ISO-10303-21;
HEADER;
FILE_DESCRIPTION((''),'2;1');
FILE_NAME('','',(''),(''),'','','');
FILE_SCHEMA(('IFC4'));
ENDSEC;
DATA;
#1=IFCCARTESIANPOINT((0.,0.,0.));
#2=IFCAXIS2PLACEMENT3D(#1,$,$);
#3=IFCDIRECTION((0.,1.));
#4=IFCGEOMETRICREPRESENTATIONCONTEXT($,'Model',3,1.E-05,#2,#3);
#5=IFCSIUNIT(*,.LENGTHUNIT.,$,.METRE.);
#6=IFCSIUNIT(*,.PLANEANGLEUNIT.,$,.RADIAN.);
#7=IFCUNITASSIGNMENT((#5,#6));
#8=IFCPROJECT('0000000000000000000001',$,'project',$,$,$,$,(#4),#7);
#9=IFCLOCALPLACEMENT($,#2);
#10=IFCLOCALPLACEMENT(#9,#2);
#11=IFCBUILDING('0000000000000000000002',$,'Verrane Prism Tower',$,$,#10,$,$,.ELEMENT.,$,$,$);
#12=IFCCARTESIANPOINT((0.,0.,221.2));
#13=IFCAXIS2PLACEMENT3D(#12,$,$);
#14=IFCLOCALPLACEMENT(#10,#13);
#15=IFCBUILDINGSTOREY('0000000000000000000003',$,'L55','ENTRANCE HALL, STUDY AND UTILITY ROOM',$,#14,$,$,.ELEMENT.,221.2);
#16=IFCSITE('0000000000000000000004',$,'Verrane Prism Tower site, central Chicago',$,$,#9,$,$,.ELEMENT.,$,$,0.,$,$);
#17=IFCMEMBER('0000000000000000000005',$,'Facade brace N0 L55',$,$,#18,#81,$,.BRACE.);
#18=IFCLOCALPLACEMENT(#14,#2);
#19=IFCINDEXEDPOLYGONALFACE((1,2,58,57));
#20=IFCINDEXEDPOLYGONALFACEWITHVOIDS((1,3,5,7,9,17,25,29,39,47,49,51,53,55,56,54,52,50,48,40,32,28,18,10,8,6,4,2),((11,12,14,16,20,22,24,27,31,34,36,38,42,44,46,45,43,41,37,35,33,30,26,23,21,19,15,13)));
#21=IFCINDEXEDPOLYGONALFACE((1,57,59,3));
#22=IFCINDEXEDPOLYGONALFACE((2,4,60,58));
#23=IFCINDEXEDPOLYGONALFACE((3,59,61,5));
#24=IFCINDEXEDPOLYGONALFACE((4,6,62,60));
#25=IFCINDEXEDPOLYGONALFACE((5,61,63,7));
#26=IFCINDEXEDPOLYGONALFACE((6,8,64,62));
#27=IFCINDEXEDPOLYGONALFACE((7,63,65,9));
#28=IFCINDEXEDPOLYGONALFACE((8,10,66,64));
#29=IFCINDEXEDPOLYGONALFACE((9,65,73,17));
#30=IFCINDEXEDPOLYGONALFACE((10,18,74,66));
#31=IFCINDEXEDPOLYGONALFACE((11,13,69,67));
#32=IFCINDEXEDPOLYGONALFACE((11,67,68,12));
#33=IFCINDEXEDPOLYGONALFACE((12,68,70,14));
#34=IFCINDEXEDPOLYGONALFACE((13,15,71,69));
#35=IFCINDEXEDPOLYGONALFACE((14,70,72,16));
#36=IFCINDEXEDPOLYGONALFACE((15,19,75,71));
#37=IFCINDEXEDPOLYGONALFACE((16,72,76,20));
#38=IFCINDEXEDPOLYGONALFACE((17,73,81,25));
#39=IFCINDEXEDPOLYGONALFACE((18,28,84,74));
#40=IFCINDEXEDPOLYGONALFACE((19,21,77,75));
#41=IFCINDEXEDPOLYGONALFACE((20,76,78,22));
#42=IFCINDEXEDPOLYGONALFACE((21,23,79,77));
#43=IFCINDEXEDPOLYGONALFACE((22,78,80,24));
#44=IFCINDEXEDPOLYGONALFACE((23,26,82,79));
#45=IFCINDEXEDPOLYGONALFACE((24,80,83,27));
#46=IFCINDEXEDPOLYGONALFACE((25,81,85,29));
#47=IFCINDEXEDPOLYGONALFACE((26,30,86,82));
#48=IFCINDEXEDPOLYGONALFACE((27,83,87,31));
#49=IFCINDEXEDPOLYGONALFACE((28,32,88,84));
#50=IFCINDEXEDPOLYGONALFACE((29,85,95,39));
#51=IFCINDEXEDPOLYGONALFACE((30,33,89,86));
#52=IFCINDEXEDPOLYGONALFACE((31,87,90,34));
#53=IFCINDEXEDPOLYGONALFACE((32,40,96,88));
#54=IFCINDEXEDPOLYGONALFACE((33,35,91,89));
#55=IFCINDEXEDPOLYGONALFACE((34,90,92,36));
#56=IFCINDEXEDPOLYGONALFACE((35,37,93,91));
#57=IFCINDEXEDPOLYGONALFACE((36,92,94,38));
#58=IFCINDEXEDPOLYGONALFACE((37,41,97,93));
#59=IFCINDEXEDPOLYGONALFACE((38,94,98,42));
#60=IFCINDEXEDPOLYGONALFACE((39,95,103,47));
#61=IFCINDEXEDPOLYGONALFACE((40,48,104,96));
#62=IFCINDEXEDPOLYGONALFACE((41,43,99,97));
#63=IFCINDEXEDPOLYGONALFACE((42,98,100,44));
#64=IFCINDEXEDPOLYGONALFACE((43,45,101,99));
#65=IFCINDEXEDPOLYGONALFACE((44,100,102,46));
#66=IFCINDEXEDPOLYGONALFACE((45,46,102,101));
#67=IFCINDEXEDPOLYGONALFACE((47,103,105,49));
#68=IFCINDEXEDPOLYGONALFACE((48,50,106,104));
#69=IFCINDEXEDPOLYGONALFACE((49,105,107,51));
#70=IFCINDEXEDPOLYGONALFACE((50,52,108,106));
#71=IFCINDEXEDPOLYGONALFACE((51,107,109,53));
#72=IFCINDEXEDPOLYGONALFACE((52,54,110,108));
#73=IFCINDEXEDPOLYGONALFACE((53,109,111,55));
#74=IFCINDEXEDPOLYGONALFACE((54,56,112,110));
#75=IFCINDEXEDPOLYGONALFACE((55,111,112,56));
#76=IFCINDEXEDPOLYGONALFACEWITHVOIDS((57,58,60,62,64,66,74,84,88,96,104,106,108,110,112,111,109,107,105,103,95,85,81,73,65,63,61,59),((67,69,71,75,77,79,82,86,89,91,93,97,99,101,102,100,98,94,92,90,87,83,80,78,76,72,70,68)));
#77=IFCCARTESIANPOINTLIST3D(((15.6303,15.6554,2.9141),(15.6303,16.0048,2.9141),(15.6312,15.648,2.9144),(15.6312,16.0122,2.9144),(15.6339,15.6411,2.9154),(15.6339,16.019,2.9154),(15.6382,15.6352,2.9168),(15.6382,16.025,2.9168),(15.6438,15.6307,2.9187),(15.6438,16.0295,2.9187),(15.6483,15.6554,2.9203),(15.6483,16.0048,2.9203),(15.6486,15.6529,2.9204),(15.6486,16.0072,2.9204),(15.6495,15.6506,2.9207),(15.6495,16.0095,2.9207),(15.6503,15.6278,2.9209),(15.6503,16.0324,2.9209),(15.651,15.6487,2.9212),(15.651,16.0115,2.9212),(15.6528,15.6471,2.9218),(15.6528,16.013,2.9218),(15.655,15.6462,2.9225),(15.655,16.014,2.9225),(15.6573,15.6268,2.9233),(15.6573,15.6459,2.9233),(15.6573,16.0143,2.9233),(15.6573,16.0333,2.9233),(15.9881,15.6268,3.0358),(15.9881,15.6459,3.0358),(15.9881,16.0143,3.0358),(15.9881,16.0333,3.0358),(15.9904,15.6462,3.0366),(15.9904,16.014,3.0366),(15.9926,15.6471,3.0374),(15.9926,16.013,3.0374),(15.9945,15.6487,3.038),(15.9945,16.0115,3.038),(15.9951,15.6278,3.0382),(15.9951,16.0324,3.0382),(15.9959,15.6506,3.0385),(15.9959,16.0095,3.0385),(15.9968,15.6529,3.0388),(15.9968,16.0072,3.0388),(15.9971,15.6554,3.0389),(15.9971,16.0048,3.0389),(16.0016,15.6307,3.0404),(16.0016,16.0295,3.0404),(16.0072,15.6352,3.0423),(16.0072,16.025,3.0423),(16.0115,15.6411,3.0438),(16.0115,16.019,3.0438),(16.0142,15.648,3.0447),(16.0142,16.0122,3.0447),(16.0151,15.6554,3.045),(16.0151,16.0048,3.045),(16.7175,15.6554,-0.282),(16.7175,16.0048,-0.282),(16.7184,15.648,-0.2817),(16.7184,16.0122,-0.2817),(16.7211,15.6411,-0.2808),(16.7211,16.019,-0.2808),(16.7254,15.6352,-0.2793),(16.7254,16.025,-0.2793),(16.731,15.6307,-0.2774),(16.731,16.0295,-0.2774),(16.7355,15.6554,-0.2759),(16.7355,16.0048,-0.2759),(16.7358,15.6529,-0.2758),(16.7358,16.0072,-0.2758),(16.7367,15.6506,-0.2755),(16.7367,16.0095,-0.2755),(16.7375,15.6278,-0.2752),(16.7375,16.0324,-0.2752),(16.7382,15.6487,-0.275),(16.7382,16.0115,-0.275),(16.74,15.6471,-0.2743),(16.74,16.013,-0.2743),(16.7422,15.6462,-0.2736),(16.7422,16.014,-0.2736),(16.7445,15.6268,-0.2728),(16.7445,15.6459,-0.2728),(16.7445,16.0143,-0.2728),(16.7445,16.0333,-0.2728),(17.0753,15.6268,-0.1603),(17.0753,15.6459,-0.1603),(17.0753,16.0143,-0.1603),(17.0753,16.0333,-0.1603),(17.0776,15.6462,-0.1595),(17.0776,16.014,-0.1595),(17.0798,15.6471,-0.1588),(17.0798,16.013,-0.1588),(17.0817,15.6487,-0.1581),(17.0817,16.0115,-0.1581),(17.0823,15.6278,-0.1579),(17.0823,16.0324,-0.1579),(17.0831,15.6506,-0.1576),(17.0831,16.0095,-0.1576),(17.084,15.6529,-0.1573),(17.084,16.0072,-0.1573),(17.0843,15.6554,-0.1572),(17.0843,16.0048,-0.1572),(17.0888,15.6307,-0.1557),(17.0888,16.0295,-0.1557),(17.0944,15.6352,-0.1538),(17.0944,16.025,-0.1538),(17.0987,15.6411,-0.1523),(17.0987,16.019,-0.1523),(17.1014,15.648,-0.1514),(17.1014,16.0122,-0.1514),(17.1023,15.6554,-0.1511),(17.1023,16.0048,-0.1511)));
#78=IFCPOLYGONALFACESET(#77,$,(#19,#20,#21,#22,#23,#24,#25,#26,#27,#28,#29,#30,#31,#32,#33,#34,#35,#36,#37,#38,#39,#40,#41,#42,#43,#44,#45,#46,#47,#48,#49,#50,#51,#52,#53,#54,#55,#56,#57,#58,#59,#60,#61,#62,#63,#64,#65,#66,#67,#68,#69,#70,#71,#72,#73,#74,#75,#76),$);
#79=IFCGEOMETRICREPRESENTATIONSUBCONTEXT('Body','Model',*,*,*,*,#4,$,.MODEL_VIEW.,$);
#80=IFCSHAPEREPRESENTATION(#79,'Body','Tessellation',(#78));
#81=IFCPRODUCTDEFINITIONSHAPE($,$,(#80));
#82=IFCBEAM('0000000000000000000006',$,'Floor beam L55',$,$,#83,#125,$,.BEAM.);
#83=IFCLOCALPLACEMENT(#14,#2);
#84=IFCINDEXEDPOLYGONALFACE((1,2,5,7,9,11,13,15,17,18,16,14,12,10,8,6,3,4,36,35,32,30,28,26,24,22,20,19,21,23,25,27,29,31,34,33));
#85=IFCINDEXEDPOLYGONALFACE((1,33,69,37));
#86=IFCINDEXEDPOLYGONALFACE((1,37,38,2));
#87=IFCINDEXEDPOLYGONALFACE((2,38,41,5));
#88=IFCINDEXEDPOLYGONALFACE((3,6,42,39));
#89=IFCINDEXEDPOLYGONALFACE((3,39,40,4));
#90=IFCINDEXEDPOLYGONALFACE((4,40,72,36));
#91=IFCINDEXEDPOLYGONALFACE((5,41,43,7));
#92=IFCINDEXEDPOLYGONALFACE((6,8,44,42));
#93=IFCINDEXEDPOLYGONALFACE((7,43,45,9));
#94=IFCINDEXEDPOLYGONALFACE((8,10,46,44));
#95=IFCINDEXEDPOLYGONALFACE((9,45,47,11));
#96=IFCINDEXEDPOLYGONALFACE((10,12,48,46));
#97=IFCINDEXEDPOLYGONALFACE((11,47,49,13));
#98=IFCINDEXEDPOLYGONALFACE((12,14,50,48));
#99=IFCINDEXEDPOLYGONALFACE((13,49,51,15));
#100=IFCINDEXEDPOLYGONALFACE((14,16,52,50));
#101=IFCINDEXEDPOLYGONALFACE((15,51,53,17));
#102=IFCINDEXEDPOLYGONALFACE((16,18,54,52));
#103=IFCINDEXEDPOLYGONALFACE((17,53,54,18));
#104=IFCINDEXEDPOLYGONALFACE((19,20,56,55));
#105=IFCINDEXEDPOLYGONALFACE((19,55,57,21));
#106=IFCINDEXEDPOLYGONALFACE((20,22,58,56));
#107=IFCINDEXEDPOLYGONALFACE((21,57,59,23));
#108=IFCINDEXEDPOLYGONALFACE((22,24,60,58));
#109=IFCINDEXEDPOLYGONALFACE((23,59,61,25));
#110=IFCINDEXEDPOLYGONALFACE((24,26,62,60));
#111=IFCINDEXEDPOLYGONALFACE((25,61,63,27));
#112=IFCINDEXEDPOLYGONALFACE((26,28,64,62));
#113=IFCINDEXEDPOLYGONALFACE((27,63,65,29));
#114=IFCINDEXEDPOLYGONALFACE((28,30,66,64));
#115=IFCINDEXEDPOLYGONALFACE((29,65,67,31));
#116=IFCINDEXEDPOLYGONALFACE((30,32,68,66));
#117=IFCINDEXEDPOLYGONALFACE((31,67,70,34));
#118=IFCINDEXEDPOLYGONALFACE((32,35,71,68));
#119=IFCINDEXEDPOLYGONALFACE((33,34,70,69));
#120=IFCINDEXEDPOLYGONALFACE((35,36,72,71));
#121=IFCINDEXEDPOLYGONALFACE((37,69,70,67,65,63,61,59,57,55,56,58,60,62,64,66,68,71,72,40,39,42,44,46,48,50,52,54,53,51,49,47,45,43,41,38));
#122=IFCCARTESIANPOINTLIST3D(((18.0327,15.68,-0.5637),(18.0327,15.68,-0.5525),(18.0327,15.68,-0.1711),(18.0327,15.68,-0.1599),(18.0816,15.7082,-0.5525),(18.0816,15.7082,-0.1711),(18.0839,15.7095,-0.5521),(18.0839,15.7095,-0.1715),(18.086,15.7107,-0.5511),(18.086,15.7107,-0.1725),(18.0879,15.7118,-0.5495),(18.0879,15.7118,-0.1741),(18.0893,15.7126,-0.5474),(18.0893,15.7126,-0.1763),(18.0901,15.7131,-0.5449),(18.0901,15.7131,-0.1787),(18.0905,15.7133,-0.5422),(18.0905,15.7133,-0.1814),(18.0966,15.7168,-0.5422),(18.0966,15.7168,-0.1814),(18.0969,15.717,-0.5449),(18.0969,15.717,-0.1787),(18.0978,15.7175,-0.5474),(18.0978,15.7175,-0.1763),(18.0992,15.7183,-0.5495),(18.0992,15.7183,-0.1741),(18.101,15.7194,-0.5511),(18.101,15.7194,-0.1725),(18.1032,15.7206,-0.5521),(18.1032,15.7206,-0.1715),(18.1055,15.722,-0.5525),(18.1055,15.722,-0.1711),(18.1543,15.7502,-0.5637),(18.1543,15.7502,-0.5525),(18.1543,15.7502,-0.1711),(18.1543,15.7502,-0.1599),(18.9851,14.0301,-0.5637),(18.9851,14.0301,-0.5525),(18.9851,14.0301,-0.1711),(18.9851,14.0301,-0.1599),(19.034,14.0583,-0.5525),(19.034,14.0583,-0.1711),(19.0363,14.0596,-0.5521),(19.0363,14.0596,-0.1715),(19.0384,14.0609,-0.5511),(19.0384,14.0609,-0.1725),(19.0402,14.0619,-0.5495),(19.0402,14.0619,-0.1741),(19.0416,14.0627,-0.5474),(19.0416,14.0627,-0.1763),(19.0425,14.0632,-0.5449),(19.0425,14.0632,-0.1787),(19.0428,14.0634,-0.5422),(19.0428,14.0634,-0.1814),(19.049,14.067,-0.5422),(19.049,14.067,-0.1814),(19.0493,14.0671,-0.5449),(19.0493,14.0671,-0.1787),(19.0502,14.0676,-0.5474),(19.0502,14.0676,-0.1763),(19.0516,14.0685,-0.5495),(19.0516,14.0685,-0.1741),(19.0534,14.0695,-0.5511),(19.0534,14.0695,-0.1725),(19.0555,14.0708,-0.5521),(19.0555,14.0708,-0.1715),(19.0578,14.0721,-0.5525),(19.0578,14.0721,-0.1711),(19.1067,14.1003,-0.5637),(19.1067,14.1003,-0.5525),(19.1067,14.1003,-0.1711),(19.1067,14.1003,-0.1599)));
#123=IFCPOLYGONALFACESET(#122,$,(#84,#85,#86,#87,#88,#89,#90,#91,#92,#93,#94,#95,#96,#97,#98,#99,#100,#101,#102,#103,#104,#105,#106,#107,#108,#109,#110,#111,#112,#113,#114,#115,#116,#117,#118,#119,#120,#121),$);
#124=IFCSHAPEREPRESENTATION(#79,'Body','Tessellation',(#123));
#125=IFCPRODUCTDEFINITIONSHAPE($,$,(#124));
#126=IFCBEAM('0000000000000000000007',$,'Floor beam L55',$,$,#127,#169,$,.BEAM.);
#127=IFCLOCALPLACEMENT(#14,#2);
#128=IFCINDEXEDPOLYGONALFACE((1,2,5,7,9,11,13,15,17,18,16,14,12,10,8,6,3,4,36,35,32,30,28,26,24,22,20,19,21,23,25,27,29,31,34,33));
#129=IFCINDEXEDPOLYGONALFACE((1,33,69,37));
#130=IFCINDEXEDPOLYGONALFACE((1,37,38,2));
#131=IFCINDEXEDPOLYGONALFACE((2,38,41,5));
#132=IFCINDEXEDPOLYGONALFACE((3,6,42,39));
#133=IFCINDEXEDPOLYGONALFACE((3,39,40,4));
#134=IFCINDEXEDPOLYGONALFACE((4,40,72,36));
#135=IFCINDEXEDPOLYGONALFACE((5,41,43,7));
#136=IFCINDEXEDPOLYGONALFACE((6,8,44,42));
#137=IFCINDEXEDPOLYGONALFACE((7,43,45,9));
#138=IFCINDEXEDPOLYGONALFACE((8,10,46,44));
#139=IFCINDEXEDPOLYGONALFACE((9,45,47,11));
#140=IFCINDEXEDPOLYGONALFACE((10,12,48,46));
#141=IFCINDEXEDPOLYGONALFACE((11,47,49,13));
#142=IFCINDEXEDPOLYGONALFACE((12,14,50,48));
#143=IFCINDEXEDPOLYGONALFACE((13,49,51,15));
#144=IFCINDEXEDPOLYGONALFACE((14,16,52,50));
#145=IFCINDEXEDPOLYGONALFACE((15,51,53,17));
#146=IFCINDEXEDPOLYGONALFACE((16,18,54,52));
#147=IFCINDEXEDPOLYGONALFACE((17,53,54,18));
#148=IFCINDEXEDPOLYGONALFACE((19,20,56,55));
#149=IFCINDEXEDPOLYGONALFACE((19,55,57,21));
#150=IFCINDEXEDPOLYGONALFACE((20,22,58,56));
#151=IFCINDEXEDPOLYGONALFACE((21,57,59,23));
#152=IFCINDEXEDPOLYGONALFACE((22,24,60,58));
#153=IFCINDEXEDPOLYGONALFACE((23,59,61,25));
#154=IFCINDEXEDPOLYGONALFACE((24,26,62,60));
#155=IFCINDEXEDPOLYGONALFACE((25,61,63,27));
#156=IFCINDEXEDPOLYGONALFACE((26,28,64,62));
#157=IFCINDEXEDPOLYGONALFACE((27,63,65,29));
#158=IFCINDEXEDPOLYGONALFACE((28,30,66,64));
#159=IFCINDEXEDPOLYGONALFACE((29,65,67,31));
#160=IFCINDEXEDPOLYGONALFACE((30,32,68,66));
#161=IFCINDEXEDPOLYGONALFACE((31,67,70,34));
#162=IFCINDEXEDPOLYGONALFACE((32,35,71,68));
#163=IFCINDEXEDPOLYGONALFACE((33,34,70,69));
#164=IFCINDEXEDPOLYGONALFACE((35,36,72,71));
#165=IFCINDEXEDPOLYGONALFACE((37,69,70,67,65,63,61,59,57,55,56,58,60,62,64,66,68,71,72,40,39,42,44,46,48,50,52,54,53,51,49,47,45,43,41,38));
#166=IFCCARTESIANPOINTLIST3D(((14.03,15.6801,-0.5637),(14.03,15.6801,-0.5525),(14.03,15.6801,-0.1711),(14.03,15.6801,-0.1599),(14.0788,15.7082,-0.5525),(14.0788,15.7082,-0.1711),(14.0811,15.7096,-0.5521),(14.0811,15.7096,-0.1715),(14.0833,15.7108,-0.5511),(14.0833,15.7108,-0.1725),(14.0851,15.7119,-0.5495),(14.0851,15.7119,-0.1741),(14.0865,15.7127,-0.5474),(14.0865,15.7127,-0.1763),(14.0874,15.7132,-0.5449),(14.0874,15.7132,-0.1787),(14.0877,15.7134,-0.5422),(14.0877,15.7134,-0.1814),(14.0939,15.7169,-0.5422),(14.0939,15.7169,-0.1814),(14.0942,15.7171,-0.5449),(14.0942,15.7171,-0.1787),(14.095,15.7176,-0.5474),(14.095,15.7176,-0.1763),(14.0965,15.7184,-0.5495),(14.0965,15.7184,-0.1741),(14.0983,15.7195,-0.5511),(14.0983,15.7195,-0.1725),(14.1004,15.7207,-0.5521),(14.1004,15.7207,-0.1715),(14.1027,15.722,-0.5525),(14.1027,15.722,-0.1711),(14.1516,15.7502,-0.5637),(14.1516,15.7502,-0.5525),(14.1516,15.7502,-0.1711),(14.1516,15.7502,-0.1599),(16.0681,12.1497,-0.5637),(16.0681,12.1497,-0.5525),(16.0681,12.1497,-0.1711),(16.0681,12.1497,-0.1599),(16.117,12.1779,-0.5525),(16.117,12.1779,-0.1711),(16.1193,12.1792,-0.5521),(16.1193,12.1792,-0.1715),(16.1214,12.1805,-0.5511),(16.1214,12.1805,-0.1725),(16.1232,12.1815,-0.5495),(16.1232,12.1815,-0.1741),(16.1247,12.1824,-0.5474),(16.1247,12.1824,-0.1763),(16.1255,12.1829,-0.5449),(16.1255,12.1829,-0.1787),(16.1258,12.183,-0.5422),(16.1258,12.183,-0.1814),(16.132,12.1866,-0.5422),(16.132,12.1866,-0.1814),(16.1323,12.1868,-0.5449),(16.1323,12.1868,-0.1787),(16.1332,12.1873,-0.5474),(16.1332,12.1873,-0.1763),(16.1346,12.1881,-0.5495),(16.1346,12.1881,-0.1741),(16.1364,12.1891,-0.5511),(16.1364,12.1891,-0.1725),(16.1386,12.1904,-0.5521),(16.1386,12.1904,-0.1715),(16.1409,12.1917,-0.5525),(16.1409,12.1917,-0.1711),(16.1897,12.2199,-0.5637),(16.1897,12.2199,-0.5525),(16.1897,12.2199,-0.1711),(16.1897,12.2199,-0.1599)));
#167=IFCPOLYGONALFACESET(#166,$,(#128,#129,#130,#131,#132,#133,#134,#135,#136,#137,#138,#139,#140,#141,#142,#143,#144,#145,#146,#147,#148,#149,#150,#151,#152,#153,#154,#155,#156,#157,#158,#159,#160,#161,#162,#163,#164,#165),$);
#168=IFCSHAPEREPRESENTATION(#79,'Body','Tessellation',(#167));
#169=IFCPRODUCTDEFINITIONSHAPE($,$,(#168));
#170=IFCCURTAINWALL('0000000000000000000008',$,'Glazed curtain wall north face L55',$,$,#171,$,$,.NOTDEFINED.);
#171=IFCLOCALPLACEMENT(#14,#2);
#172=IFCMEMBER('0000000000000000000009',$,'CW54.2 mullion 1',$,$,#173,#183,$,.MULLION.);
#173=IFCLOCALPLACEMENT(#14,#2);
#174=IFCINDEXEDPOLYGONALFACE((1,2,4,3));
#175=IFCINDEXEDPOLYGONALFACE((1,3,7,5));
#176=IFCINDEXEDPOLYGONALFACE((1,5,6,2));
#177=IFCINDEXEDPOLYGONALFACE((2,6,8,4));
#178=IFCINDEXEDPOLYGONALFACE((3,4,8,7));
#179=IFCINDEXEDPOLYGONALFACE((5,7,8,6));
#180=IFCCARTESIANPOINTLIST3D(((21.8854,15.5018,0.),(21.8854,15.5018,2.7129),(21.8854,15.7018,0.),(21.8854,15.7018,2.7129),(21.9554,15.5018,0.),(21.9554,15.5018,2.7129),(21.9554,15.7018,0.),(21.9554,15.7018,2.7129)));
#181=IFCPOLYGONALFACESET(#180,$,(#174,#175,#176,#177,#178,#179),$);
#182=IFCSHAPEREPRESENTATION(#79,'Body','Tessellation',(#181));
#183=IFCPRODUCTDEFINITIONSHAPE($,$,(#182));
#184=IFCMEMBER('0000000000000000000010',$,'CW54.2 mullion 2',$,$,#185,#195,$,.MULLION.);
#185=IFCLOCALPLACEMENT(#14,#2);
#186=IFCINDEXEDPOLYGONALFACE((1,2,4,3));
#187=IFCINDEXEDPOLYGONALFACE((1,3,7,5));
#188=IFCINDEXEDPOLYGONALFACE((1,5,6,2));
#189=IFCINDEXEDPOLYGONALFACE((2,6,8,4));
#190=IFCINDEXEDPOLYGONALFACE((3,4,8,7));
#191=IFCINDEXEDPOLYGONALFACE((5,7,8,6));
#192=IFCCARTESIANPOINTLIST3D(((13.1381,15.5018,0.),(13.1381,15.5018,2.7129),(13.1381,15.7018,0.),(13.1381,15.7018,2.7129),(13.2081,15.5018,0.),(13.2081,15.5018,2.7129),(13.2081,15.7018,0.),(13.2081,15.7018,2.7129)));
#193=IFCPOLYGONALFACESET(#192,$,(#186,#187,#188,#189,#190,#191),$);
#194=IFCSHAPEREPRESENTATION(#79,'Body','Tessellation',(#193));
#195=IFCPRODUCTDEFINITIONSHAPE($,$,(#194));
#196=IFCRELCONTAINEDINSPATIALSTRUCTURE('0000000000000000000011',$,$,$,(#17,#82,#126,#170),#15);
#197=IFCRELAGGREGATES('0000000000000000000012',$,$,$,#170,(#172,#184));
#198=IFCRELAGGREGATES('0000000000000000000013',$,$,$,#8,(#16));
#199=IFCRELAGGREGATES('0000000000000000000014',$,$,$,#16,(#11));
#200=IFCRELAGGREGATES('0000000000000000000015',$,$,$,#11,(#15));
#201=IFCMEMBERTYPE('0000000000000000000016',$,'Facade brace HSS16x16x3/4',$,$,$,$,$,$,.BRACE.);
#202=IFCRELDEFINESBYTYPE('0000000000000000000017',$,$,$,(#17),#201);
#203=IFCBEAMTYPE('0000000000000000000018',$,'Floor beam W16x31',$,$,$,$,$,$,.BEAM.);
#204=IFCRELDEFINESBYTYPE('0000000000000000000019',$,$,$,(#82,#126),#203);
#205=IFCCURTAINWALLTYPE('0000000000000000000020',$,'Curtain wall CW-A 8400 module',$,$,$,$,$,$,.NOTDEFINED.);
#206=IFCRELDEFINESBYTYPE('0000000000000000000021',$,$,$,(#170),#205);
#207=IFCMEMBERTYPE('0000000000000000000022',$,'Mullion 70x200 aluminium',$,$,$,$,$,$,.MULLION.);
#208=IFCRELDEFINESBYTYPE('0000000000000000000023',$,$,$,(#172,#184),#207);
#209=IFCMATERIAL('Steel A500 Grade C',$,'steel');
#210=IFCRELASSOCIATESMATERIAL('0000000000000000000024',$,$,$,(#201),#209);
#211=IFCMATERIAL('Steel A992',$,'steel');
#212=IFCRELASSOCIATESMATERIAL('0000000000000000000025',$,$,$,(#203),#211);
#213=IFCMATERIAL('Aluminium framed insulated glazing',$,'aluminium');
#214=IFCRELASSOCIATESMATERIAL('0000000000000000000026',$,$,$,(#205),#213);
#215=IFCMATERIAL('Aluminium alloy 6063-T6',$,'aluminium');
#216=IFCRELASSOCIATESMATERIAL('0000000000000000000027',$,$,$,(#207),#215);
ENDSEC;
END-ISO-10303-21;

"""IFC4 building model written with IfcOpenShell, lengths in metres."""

from ifc_helpers import new_model, si_unit, direction, frame, origin, origin_2d, place, context, subcontext, project, spatial, rectangle, hollow_rectangle, i_section, extrude, material, material_profile, profile_set, type_object, element, aggregate, save


model = new_model("IFC4")

# Units and contexts
model_context = context("Model", 3, precision=1e-05, world=origin(), true_north=direction((0.0, 1.0)))
body_context = subcontext(model_context, "Body", "Model", "MODEL_VIEW")
ifc_project = project(units=[si_unit("LENGTHUNIT", "METRE"), si_unit("PLANEANGLEUNIT", "RADIAN")], contexts=[model_context])

# Site, building, storey
site_placement = place(None, origin())
site = spatial("IfcSite", under=ifc_project, at=site_placement, Name="Verrane Prism Tower site, central Chicago", CompositionType="ELEMENT", RefElevation=0.0)
building_placement = place(site_placement, origin())
building = spatial("IfcBuilding", under=site, at=building_placement, Name="Verrane Prism Tower", CompositionType="ELEMENT")
storey_placement = place(building_placement, frame((0.0, 0.0, 221.2)))
storey = spatial("IfcBuildingStorey", under=building, at=storey_placement, Name="L55", Description="ENTRANCE HALL, STUDY AND UTILITY ROOM", CompositionType="ELEMENT", Elevation=221.2)

# Member
ifc_material_1 = material(Name="Steel A500 Grade C", Category="steel")
ifc_material_profile_1 = material_profile(ifc_material_1, hollow_rectangle(XDim=0.4065, YDim=0.4065, WallThickness=0.019, InnerFilletRadius=0.0095, OuterFilletRadius=0.0286, at=origin_2d()), Name="HSS16x16x3/4")
ifc_profile_set_1 = profile_set([ifc_material_profile_1], Name="Steel A500 Grade C")
member_type_1 = type_object("IfcMemberType", Name="Facade brace HSS16x16x3/4", PredefinedType="BRACE", material=ifc_profile_set_1)
member_1_placement = place(storey_placement, frame((16.9099, 15.8301, -0.2166), z_axis=(-0.322036, 0.0, 0.946727), x_axis=(0.0, -1.0, 0.0)))
element("IfcMember", 1, at=member_1_placement, inside=storey, type_object=member_type_1, Name="Facade brace N0 L55", PredefinedType="BRACE", context=body_context, shape_type="SweptSolid", body=[
    extrude(hollow_rectangle(XDim=0.4065, YDim=0.4065, WallThickness=0.019, InnerFilletRadius=0.0095, OuterFilletRadius=0.0286, at=origin_2d()), origin(), (0.0, 0.0, 1.0), 3.376),
])

# Beams
ifc_material_2 = material(Name="Steel A992", Category="steel")
ifc_material_profile_2 = material_profile(ifc_material_2, i_section(OverallWidth=0.1404, OverallDepth=0.4038, WebThickness=0.0071, FlangeThickness=0.0112, FilletRadius=0.0103, at=origin_2d()), Name="W16x31")
ifc_profile_set_2 = profile_set([ifc_material_profile_2], Name="Steel A992")
beam_type_1 = type_object("IfcBeamType", Name="Floor beam W16x31", PredefinedType="BEAM", material=ifc_profile_set_2)
beam_1_placement = place(storey_placement, frame((19.0459, 14.0652, -0.3618), z_axis=(-0.49993, 0.866066, 0.0), x_axis=(-0.866066, -0.49993, 0.0)))
element("IfcBeam", 2, at=beam_1_placement, inside=storey, type_object=beam_type_1, Name="Floor beam L55", PredefinedType="BEAM", context=body_context, shape_type="SweptSolid", body=[
    extrude(i_section(OverallWidth=0.1404, OverallDepth=0.4038, WebThickness=0.0071, FlangeThickness=0.0112, FilletRadius=0.0103, at=origin_2d()), origin(), (0.0, 0.0, 1.0), 1.905),
])
beam_2_placement = place(storey_placement, frame((16.1289, 12.1848, -0.3618), z_axis=(-0.499978, 0.866038, 0.0), x_axis=(-0.866038, -0.499978, 0.0)))
element("IfcBeam", 3, at=beam_2_placement, inside=storey, type_object=beam_type_1, Name="Floor beam L55", PredefinedType="BEAM", context=body_context, shape_type="SweptSolid", body=[
    extrude(i_section(OverallWidth=0.1404, OverallDepth=0.4038, WebThickness=0.0071, FlangeThickness=0.0112, FilletRadius=0.0103, at=origin_2d()), origin(), (0.0, 0.0, 1.0), 4.0764),
])

# Curtain wall, members
ifc_material_3 = material(Name="Aluminium framed insulated glazing", Category="aluminium")
curtain_wall_type_1 = type_object("IfcCurtainWallType", Name="Curtain wall CW-A 8400 module", PredefinedType="NOTDEFINED", material=ifc_material_3)
curtain_wall_1_placement = place(storey_placement, origin())
curtain_wall_1 = element("IfcCurtainWall", 4, at=curtain_wall_1_placement, inside=storey, type_object=curtain_wall_type_1, Name="Glazed curtain wall north face L55", PredefinedType="NOTDEFINED")
ifc_material_4 = material(Name="Aluminium alloy 6063-T6", Category="aluminium")
ifc_material_profile_3 = material_profile(ifc_material_4, rectangle(XDim=0.2, YDim=0.0701, at=origin_2d()), Name="Mullion 70x200 aluminium")
ifc_profile_set_3 = profile_set([ifc_material_profile_3], Name="Aluminium alloy 6063-T6")
member_type_2 = type_object("IfcMemberType", Name="Mullion 70x200 aluminium", PredefinedType="MULLION", material=ifc_profile_set_3)
member_2_placement = place(storey_placement, frame((21.9204, 15.6018, 0.0), z_axis=(0.0, 0.0, 1.0), x_axis=(0.0, -1.0, 0.0)))
member_2 = element("IfcMember", 5, at=member_2_placement, type_object=member_type_2, Name="CW54.2 mullion 1", PredefinedType="MULLION", context=body_context, shape_type="SweptSolid", body=[
    extrude(rectangle(XDim=0.2, YDim=0.0701, at=origin_2d()), origin(), (0.0, 0.0, 1.0), 2.7129),
])
member_3_placement = place(storey_placement, frame((13.1731, 15.6018, 0.0), z_axis=(0.0, 0.0, 1.0), x_axis=(0.0, -1.0, 0.0)))
member_3 = element("IfcMember", 6, at=member_3_placement, type_object=member_type_2, Name="CW54.2 mullion 2", PredefinedType="MULLION", context=body_context, shape_type="SweptSolid", body=[
    extrude(rectangle(XDim=0.2, YDim=0.0701, at=origin_2d()), origin(), (0.0, 0.0, 1.0), 2.7129),
])

aggregate(curtain_wall_1, [member_2, member_3])

save(model, "model.ifc")
